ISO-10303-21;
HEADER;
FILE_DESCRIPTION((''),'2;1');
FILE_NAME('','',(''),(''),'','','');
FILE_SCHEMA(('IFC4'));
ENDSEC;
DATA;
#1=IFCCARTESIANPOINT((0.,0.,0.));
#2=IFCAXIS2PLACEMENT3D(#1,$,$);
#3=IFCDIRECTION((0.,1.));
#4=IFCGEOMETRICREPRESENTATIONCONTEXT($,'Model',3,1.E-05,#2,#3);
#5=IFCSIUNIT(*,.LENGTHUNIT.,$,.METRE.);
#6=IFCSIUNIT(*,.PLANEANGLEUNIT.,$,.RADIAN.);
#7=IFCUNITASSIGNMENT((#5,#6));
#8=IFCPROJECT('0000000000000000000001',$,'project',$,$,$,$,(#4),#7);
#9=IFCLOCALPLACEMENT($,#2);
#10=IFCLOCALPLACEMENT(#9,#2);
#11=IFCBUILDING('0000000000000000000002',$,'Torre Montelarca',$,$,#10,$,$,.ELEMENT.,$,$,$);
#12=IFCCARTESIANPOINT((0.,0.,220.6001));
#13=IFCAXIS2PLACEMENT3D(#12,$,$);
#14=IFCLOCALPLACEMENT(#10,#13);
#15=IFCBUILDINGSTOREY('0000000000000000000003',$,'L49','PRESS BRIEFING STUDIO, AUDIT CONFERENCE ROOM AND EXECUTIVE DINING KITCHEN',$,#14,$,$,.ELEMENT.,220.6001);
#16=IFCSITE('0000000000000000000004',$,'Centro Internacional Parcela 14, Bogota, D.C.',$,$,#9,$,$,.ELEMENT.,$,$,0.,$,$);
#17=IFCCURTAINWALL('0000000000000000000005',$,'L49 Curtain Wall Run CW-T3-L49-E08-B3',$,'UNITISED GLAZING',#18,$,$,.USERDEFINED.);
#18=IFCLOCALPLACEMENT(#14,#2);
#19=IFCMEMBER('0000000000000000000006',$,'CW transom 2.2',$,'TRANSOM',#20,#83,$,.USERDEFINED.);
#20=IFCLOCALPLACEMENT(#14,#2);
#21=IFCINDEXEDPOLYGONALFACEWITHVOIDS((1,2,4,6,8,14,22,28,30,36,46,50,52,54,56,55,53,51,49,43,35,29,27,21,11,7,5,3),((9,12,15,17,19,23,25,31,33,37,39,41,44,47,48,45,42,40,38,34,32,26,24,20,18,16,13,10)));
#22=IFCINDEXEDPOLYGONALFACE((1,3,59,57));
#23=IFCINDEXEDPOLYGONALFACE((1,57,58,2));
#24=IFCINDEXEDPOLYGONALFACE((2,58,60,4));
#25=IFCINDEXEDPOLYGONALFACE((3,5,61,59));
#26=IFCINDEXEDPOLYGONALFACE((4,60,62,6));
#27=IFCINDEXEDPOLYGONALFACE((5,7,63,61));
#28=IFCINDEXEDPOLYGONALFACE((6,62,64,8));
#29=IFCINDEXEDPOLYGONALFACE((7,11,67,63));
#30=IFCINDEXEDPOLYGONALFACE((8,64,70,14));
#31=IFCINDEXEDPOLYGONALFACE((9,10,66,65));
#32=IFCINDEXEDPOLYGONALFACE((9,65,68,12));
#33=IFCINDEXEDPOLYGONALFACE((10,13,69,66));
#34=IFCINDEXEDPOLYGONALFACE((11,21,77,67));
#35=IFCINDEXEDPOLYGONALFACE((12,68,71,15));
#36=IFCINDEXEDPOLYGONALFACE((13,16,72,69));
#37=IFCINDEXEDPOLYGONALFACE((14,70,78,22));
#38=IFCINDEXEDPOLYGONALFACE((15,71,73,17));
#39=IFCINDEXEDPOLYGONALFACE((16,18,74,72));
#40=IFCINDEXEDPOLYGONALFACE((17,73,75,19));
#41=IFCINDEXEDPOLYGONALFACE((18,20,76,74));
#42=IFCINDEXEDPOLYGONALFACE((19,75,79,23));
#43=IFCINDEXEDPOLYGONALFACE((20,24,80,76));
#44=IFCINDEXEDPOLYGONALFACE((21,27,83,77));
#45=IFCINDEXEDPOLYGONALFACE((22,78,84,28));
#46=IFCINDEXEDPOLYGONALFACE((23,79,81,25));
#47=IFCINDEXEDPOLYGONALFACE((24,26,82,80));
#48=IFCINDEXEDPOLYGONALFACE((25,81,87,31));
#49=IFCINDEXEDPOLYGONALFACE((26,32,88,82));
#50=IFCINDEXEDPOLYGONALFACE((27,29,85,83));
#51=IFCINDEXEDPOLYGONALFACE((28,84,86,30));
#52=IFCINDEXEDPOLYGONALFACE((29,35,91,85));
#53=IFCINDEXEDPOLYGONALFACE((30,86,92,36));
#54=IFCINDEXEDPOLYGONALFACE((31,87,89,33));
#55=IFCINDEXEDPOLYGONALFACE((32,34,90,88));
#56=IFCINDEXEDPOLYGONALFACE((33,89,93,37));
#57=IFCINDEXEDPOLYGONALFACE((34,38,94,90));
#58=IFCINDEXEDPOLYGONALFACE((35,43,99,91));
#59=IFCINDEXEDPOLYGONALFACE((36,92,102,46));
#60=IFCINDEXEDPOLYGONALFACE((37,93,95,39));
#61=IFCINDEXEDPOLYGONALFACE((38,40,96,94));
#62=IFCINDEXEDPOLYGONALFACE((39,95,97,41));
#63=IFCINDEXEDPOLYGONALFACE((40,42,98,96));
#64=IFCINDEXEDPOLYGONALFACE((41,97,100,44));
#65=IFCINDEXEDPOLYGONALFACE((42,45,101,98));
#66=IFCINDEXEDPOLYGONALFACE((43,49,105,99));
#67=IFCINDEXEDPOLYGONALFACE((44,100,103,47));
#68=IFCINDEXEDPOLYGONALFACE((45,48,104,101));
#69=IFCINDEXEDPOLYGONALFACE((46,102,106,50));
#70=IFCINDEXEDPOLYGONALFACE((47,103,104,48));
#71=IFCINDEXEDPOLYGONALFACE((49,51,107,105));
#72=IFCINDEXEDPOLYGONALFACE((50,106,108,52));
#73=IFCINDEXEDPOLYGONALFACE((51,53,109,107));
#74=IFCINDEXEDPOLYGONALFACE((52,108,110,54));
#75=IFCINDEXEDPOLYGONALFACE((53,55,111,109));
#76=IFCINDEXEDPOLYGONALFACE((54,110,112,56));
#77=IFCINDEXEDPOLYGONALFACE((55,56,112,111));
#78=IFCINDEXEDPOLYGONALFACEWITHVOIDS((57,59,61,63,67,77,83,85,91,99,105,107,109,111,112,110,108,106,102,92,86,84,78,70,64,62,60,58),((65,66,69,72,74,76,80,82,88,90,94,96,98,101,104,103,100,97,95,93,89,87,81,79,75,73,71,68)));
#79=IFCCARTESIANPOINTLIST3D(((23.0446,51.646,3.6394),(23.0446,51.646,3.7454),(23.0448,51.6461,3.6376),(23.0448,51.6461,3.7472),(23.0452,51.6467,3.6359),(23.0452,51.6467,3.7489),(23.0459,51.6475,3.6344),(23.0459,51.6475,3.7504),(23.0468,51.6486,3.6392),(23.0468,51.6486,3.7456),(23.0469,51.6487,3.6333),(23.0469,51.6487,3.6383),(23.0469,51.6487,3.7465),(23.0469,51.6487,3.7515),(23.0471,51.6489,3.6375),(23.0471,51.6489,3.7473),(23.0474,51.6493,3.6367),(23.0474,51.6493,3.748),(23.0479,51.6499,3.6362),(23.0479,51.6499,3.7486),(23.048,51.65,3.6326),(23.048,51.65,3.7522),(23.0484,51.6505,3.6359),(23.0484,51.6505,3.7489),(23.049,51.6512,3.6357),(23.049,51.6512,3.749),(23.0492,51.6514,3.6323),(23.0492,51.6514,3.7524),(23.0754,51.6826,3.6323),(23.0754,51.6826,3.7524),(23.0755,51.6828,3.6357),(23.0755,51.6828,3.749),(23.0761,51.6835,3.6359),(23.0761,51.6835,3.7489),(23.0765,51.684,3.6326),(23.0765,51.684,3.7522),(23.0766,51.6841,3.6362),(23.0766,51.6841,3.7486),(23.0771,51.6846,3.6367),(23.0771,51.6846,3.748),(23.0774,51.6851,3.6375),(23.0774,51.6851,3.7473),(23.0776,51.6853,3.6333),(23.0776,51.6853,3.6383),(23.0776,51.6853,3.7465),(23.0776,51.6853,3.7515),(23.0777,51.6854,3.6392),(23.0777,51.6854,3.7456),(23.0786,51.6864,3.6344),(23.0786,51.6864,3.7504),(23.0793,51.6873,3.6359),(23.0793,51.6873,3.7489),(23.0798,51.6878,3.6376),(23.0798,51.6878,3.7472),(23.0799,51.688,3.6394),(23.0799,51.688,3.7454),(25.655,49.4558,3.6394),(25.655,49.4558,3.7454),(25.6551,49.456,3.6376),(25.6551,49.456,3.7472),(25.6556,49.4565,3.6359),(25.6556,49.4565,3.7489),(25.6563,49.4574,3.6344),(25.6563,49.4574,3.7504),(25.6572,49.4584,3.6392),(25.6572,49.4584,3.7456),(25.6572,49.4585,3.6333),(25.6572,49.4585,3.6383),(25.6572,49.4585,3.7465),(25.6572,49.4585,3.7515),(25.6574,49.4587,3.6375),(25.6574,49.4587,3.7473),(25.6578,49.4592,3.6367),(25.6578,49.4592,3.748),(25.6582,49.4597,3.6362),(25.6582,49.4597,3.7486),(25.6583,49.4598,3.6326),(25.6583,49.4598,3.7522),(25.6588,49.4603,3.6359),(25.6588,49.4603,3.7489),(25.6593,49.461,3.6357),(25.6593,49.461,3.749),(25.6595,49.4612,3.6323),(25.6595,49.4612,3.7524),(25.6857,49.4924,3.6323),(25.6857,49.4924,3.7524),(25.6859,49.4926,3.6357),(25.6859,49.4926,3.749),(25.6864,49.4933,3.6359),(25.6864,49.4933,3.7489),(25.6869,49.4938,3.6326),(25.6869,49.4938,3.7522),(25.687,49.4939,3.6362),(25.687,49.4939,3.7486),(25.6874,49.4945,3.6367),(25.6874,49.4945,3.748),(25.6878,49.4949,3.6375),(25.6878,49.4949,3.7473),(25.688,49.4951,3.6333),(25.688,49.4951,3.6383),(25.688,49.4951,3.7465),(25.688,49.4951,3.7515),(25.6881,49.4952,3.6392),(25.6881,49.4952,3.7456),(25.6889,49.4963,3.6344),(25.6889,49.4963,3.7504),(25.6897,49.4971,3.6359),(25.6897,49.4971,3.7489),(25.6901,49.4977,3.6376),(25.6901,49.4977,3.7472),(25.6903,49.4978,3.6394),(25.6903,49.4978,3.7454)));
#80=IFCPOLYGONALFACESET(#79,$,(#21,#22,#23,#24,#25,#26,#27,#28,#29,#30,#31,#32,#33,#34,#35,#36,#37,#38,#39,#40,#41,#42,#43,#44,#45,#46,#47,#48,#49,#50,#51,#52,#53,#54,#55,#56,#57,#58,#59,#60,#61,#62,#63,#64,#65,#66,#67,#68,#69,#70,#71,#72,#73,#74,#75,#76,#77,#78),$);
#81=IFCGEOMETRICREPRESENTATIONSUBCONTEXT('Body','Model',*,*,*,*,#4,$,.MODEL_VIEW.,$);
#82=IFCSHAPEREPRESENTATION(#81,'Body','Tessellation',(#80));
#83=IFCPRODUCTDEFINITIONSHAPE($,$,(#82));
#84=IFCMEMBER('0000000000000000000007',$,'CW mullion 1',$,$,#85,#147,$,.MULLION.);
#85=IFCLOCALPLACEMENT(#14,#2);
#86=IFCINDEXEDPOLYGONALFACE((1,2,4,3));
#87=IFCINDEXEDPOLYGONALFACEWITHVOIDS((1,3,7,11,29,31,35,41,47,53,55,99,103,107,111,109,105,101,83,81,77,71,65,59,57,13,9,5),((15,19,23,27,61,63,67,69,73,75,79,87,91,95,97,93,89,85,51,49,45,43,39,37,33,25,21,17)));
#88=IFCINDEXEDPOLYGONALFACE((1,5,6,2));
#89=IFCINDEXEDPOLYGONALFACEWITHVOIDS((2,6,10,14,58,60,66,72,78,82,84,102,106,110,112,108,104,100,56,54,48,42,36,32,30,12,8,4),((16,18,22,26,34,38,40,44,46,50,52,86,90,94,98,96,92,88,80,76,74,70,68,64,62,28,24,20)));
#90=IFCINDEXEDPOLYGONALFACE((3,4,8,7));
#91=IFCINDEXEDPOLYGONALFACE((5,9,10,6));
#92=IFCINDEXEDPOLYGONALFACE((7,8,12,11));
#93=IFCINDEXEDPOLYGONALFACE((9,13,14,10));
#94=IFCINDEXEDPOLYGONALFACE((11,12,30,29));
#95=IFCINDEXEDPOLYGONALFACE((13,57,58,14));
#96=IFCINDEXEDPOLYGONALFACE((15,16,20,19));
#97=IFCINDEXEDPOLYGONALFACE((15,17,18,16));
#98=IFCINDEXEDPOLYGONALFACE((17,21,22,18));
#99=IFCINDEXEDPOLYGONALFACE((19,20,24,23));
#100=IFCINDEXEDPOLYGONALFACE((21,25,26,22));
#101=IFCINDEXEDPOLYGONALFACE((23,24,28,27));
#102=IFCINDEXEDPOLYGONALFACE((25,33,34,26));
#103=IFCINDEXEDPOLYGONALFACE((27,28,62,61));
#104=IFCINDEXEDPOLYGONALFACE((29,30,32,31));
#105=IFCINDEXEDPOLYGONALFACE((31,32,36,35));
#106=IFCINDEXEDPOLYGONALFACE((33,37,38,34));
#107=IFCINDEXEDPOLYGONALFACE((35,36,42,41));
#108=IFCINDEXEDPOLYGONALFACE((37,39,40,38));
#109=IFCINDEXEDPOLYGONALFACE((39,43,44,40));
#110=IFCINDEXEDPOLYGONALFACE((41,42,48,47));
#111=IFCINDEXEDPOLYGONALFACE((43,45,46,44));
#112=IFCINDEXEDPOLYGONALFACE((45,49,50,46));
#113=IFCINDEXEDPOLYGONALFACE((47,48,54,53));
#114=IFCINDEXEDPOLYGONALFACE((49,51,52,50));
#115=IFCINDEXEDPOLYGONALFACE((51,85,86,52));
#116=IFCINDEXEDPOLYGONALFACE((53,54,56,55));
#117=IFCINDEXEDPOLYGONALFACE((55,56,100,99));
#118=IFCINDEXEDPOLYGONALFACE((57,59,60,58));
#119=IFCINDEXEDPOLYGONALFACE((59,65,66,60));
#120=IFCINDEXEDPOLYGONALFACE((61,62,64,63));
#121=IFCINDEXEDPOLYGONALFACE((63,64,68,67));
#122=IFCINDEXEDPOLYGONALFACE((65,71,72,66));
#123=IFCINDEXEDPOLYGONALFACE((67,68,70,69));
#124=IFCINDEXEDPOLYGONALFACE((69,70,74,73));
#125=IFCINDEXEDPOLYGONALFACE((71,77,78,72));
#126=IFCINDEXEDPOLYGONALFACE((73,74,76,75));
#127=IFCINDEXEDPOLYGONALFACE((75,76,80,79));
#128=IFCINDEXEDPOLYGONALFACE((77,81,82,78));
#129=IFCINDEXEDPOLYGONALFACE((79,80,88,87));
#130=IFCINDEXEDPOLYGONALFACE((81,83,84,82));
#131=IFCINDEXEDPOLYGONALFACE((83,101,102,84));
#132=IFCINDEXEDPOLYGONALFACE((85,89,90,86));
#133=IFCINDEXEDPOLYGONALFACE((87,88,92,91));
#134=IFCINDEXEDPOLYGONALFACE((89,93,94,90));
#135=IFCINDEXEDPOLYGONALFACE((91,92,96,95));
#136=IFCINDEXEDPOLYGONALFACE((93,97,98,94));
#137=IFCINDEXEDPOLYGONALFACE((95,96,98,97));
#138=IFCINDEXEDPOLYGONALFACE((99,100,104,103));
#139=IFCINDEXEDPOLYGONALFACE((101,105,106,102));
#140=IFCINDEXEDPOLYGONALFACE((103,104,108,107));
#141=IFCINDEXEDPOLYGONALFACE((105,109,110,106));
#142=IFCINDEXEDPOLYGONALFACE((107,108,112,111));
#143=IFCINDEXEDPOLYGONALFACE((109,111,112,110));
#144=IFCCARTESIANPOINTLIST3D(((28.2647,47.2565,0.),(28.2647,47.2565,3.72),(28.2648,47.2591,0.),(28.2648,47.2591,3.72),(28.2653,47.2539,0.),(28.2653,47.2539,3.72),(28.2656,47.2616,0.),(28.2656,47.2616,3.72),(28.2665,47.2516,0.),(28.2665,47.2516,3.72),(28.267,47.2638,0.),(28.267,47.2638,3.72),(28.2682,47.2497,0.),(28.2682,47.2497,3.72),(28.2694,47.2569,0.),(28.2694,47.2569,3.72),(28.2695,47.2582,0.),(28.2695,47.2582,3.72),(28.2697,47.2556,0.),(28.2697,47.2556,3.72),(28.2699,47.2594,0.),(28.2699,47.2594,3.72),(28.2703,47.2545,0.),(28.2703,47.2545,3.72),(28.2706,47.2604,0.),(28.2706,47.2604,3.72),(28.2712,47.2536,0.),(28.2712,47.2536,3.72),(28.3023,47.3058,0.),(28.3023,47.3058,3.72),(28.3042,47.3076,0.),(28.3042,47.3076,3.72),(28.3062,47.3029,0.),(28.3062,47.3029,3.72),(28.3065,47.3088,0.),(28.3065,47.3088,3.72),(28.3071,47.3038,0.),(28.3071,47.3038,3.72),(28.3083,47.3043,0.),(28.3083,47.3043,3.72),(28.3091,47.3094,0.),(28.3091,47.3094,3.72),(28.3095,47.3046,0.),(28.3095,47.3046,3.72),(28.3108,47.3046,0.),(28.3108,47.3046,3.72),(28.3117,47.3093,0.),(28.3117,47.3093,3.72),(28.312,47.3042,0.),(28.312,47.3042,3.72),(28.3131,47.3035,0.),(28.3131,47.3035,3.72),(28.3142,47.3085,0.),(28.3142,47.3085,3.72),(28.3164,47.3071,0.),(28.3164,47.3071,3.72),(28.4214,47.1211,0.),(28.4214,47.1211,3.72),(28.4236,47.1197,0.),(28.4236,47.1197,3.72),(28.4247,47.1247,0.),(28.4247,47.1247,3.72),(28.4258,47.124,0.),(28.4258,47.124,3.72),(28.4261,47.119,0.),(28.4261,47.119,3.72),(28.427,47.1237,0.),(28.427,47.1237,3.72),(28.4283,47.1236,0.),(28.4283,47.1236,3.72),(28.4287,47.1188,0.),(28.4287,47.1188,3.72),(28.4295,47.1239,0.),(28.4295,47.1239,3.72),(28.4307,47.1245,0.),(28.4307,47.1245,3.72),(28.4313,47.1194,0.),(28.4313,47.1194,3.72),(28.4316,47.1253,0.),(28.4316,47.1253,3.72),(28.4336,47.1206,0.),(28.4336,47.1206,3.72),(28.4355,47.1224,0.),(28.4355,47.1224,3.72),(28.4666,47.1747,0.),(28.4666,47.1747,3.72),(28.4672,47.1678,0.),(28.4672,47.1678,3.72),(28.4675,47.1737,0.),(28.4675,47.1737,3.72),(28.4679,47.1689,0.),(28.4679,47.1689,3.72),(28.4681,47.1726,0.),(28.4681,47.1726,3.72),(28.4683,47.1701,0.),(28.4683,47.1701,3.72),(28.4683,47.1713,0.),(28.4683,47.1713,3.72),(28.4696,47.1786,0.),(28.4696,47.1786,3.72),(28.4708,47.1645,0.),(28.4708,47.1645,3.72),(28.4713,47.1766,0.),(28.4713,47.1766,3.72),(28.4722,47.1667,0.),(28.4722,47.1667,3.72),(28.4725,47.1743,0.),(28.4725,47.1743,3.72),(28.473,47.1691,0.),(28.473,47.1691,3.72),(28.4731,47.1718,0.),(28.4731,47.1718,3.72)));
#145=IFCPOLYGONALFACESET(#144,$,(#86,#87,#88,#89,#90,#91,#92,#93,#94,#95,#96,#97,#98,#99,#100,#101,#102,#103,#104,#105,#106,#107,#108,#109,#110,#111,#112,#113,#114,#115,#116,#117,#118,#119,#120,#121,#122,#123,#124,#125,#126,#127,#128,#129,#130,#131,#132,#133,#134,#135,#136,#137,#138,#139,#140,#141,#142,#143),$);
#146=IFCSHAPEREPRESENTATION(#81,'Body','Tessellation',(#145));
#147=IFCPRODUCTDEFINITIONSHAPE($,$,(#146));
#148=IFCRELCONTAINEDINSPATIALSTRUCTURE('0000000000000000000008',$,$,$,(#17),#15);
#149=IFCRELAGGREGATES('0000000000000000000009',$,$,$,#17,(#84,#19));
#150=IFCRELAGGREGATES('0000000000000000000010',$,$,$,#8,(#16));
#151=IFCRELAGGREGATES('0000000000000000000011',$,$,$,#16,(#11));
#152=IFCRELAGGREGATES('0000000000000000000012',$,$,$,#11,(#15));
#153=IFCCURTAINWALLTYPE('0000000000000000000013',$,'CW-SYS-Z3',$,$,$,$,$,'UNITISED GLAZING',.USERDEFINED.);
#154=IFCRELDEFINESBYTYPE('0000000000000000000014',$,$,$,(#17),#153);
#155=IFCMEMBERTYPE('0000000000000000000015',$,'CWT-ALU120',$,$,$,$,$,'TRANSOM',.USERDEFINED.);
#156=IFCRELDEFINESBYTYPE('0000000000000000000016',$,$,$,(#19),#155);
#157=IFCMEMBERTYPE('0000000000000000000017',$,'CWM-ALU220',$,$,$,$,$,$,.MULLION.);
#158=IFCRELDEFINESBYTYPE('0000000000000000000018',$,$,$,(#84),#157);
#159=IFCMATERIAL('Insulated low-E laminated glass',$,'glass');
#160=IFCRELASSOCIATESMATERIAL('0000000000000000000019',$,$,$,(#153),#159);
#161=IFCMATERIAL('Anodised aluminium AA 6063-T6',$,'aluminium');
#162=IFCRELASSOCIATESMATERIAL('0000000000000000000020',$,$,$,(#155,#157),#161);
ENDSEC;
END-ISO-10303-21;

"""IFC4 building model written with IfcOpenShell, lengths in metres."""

from ifc_helpers import new_model, si_unit, direction, frame, origin, origin_2d, place, context, subcontext, project, spatial, hollow_rectangle, extrude, source, transform, mapped, material, material_profile, profile_set, type_object, element, aggregate, save


model = new_model("IFC4")

# Units and contexts
model_context = context("Model", 3, precision=1e-05, world=origin(), true_north=direction((0.0, 1.0)))
body_context = subcontext(model_context, "Body", "Model", "MODEL_VIEW")
ifc_project = project(units=[si_unit("LENGTHUNIT", "METRE"), si_unit("PLANEANGLEUNIT", "RADIAN")], contexts=[model_context])

# Site, building, storey
site_placement = place(None, origin())
site = spatial("IfcSite", under=ifc_project, at=site_placement, Name="Centro Internacional Parcela 14, Bogota, D.C.", CompositionType="ELEMENT", RefElevation=0.0)
building_placement = place(site_placement, origin())
building = spatial("IfcBuilding", under=site, at=building_placement, Name="Torre Montelarca", CompositionType="ELEMENT")
storey_placement = place(building_placement, frame((0.0, 0.0, 220.6001)))
storey = spatial("IfcBuildingStorey", under=building, at=storey_placement, Name="L49", Description="PRESS BRIEFING STUDIO, AUDIT CONFERENCE ROOM AND EXECUTIVE DINING KITCHEN", CompositionType="ELEMENT", Elevation=220.6001)

# Curtain wall, members
ifc_material_1 = material(Name="Insulated low-E laminated glass", Category="glass")
curtain_wall_type = type_object("IfcCurtainWallType", Name="CW-SYS-Z3", ElementType="UNITISED GLAZING", PredefinedType="USERDEFINED", material=ifc_material_1)
curtain_wall_placement = place(storey_placement, origin())
curtain_wall = element("IfcCurtainWall", 1, at=curtain_wall_placement, inside=storey, type_object=curtain_wall_type, Name="L49 Curtain Wall Run CW-T3-L49-E08-B3", ObjectType="UNITISED GLAZING", PredefinedType="USERDEFINED")
ifc_material_2 = material(Name="Anodised aluminium AA 6063-T6", Category="aluminium")
ifc_material_profile_1 = material_profile(ifc_material_2, hollow_rectangle(XDim=0.0549, YDim=0.1201, WallThickness=0.0034, InnerFilletRadius=0.0034, OuterFilletRadius=0.0071, at=origin_2d()), Name="ALU55X120X3.5", Category="aluminium")
ifc_profile_set_1 = profile_set([ifc_material_profile_1], Name="Anodised aluminium AA 6063-T6")
member_type_1 = type_object("IfcMemberType", Name="CWT-ALU120", ElementType="TRANSOM", PredefinedType="USERDEFINED", material=ifc_profile_set_1)
shared_shape_1 = source(origin(), body_context, "Body", "SweptSolid", [
    extrude(hollow_rectangle(XDim=0.0549, YDim=0.1201, WallThickness=0.0034, InnerFilletRadius=0.0034, OuterFilletRadius=0.0071, at=origin_2d()), origin(), (0.0, 0.0, 1.0), 3.4075),
])
member_1_placement = place(storey_placement, frame((25.6726, 49.4768, 3.6924), z_axis=(-0.766067, 0.64276, 0.0), x_axis=(-0.64276, -0.766067, 0.0)))
member_1 = element("IfcMember", 2, at=member_1_placement, type_object=member_type_1, Name="CW transom 2.2", ObjectType="TRANSOM", PredefinedType="USERDEFINED", context=body_context, shape_type="MappedRepresentation", body=[
    mapped(shared_shape_1, transform((0.0, 0.0, 0.0), scale=1.0)),
])
ifc_material_profile_2 = material_profile(ifc_material_2, hollow_rectangle(XDim=0.075, YDim=0.22, WallThickness=0.0049, InnerFilletRadius=0.0049, OuterFilletRadius=0.01, at=origin_2d()), Name="ALU75X220X5", Category="aluminium")
ifc_profile_set_2 = profile_set([ifc_material_profile_2], Name="Anodised aluminium AA 6063-T6")
member_type_2 = type_object("IfcMemberType", Name="CWM-ALU220", PredefinedType="MULLION", material=ifc_profile_set_2)
shared_shape_2 = source(origin(), body_context, "Body", "SweptSolid", [
    extrude(hollow_rectangle(XDim=0.075, YDim=0.22, WallThickness=0.0049, InnerFilletRadius=0.0049, OuterFilletRadius=0.01, at=origin_2d()), origin(), (0.0, 0.0, 1.0), 3.72),
])
member_2_placement = place(storey_placement, frame((28.3689, 47.2141, 0.0), z_axis=(0.0, 0.0, 1.0), x_axis=(-0.642789, -0.766043, 0.0)))
member_2 = element("IfcMember", 3, at=member_2_placement, type_object=member_type_2, Name="CW mullion 1", PredefinedType="MULLION", context=body_context, shape_type="MappedRepresentation", body=[
    mapped(shared_shape_2, transform((0.0, 0.0, 0.0), scale=1.0)),
])
aggregate(curtain_wall, [member_2, member_1])

save(model, "model.ifc")
